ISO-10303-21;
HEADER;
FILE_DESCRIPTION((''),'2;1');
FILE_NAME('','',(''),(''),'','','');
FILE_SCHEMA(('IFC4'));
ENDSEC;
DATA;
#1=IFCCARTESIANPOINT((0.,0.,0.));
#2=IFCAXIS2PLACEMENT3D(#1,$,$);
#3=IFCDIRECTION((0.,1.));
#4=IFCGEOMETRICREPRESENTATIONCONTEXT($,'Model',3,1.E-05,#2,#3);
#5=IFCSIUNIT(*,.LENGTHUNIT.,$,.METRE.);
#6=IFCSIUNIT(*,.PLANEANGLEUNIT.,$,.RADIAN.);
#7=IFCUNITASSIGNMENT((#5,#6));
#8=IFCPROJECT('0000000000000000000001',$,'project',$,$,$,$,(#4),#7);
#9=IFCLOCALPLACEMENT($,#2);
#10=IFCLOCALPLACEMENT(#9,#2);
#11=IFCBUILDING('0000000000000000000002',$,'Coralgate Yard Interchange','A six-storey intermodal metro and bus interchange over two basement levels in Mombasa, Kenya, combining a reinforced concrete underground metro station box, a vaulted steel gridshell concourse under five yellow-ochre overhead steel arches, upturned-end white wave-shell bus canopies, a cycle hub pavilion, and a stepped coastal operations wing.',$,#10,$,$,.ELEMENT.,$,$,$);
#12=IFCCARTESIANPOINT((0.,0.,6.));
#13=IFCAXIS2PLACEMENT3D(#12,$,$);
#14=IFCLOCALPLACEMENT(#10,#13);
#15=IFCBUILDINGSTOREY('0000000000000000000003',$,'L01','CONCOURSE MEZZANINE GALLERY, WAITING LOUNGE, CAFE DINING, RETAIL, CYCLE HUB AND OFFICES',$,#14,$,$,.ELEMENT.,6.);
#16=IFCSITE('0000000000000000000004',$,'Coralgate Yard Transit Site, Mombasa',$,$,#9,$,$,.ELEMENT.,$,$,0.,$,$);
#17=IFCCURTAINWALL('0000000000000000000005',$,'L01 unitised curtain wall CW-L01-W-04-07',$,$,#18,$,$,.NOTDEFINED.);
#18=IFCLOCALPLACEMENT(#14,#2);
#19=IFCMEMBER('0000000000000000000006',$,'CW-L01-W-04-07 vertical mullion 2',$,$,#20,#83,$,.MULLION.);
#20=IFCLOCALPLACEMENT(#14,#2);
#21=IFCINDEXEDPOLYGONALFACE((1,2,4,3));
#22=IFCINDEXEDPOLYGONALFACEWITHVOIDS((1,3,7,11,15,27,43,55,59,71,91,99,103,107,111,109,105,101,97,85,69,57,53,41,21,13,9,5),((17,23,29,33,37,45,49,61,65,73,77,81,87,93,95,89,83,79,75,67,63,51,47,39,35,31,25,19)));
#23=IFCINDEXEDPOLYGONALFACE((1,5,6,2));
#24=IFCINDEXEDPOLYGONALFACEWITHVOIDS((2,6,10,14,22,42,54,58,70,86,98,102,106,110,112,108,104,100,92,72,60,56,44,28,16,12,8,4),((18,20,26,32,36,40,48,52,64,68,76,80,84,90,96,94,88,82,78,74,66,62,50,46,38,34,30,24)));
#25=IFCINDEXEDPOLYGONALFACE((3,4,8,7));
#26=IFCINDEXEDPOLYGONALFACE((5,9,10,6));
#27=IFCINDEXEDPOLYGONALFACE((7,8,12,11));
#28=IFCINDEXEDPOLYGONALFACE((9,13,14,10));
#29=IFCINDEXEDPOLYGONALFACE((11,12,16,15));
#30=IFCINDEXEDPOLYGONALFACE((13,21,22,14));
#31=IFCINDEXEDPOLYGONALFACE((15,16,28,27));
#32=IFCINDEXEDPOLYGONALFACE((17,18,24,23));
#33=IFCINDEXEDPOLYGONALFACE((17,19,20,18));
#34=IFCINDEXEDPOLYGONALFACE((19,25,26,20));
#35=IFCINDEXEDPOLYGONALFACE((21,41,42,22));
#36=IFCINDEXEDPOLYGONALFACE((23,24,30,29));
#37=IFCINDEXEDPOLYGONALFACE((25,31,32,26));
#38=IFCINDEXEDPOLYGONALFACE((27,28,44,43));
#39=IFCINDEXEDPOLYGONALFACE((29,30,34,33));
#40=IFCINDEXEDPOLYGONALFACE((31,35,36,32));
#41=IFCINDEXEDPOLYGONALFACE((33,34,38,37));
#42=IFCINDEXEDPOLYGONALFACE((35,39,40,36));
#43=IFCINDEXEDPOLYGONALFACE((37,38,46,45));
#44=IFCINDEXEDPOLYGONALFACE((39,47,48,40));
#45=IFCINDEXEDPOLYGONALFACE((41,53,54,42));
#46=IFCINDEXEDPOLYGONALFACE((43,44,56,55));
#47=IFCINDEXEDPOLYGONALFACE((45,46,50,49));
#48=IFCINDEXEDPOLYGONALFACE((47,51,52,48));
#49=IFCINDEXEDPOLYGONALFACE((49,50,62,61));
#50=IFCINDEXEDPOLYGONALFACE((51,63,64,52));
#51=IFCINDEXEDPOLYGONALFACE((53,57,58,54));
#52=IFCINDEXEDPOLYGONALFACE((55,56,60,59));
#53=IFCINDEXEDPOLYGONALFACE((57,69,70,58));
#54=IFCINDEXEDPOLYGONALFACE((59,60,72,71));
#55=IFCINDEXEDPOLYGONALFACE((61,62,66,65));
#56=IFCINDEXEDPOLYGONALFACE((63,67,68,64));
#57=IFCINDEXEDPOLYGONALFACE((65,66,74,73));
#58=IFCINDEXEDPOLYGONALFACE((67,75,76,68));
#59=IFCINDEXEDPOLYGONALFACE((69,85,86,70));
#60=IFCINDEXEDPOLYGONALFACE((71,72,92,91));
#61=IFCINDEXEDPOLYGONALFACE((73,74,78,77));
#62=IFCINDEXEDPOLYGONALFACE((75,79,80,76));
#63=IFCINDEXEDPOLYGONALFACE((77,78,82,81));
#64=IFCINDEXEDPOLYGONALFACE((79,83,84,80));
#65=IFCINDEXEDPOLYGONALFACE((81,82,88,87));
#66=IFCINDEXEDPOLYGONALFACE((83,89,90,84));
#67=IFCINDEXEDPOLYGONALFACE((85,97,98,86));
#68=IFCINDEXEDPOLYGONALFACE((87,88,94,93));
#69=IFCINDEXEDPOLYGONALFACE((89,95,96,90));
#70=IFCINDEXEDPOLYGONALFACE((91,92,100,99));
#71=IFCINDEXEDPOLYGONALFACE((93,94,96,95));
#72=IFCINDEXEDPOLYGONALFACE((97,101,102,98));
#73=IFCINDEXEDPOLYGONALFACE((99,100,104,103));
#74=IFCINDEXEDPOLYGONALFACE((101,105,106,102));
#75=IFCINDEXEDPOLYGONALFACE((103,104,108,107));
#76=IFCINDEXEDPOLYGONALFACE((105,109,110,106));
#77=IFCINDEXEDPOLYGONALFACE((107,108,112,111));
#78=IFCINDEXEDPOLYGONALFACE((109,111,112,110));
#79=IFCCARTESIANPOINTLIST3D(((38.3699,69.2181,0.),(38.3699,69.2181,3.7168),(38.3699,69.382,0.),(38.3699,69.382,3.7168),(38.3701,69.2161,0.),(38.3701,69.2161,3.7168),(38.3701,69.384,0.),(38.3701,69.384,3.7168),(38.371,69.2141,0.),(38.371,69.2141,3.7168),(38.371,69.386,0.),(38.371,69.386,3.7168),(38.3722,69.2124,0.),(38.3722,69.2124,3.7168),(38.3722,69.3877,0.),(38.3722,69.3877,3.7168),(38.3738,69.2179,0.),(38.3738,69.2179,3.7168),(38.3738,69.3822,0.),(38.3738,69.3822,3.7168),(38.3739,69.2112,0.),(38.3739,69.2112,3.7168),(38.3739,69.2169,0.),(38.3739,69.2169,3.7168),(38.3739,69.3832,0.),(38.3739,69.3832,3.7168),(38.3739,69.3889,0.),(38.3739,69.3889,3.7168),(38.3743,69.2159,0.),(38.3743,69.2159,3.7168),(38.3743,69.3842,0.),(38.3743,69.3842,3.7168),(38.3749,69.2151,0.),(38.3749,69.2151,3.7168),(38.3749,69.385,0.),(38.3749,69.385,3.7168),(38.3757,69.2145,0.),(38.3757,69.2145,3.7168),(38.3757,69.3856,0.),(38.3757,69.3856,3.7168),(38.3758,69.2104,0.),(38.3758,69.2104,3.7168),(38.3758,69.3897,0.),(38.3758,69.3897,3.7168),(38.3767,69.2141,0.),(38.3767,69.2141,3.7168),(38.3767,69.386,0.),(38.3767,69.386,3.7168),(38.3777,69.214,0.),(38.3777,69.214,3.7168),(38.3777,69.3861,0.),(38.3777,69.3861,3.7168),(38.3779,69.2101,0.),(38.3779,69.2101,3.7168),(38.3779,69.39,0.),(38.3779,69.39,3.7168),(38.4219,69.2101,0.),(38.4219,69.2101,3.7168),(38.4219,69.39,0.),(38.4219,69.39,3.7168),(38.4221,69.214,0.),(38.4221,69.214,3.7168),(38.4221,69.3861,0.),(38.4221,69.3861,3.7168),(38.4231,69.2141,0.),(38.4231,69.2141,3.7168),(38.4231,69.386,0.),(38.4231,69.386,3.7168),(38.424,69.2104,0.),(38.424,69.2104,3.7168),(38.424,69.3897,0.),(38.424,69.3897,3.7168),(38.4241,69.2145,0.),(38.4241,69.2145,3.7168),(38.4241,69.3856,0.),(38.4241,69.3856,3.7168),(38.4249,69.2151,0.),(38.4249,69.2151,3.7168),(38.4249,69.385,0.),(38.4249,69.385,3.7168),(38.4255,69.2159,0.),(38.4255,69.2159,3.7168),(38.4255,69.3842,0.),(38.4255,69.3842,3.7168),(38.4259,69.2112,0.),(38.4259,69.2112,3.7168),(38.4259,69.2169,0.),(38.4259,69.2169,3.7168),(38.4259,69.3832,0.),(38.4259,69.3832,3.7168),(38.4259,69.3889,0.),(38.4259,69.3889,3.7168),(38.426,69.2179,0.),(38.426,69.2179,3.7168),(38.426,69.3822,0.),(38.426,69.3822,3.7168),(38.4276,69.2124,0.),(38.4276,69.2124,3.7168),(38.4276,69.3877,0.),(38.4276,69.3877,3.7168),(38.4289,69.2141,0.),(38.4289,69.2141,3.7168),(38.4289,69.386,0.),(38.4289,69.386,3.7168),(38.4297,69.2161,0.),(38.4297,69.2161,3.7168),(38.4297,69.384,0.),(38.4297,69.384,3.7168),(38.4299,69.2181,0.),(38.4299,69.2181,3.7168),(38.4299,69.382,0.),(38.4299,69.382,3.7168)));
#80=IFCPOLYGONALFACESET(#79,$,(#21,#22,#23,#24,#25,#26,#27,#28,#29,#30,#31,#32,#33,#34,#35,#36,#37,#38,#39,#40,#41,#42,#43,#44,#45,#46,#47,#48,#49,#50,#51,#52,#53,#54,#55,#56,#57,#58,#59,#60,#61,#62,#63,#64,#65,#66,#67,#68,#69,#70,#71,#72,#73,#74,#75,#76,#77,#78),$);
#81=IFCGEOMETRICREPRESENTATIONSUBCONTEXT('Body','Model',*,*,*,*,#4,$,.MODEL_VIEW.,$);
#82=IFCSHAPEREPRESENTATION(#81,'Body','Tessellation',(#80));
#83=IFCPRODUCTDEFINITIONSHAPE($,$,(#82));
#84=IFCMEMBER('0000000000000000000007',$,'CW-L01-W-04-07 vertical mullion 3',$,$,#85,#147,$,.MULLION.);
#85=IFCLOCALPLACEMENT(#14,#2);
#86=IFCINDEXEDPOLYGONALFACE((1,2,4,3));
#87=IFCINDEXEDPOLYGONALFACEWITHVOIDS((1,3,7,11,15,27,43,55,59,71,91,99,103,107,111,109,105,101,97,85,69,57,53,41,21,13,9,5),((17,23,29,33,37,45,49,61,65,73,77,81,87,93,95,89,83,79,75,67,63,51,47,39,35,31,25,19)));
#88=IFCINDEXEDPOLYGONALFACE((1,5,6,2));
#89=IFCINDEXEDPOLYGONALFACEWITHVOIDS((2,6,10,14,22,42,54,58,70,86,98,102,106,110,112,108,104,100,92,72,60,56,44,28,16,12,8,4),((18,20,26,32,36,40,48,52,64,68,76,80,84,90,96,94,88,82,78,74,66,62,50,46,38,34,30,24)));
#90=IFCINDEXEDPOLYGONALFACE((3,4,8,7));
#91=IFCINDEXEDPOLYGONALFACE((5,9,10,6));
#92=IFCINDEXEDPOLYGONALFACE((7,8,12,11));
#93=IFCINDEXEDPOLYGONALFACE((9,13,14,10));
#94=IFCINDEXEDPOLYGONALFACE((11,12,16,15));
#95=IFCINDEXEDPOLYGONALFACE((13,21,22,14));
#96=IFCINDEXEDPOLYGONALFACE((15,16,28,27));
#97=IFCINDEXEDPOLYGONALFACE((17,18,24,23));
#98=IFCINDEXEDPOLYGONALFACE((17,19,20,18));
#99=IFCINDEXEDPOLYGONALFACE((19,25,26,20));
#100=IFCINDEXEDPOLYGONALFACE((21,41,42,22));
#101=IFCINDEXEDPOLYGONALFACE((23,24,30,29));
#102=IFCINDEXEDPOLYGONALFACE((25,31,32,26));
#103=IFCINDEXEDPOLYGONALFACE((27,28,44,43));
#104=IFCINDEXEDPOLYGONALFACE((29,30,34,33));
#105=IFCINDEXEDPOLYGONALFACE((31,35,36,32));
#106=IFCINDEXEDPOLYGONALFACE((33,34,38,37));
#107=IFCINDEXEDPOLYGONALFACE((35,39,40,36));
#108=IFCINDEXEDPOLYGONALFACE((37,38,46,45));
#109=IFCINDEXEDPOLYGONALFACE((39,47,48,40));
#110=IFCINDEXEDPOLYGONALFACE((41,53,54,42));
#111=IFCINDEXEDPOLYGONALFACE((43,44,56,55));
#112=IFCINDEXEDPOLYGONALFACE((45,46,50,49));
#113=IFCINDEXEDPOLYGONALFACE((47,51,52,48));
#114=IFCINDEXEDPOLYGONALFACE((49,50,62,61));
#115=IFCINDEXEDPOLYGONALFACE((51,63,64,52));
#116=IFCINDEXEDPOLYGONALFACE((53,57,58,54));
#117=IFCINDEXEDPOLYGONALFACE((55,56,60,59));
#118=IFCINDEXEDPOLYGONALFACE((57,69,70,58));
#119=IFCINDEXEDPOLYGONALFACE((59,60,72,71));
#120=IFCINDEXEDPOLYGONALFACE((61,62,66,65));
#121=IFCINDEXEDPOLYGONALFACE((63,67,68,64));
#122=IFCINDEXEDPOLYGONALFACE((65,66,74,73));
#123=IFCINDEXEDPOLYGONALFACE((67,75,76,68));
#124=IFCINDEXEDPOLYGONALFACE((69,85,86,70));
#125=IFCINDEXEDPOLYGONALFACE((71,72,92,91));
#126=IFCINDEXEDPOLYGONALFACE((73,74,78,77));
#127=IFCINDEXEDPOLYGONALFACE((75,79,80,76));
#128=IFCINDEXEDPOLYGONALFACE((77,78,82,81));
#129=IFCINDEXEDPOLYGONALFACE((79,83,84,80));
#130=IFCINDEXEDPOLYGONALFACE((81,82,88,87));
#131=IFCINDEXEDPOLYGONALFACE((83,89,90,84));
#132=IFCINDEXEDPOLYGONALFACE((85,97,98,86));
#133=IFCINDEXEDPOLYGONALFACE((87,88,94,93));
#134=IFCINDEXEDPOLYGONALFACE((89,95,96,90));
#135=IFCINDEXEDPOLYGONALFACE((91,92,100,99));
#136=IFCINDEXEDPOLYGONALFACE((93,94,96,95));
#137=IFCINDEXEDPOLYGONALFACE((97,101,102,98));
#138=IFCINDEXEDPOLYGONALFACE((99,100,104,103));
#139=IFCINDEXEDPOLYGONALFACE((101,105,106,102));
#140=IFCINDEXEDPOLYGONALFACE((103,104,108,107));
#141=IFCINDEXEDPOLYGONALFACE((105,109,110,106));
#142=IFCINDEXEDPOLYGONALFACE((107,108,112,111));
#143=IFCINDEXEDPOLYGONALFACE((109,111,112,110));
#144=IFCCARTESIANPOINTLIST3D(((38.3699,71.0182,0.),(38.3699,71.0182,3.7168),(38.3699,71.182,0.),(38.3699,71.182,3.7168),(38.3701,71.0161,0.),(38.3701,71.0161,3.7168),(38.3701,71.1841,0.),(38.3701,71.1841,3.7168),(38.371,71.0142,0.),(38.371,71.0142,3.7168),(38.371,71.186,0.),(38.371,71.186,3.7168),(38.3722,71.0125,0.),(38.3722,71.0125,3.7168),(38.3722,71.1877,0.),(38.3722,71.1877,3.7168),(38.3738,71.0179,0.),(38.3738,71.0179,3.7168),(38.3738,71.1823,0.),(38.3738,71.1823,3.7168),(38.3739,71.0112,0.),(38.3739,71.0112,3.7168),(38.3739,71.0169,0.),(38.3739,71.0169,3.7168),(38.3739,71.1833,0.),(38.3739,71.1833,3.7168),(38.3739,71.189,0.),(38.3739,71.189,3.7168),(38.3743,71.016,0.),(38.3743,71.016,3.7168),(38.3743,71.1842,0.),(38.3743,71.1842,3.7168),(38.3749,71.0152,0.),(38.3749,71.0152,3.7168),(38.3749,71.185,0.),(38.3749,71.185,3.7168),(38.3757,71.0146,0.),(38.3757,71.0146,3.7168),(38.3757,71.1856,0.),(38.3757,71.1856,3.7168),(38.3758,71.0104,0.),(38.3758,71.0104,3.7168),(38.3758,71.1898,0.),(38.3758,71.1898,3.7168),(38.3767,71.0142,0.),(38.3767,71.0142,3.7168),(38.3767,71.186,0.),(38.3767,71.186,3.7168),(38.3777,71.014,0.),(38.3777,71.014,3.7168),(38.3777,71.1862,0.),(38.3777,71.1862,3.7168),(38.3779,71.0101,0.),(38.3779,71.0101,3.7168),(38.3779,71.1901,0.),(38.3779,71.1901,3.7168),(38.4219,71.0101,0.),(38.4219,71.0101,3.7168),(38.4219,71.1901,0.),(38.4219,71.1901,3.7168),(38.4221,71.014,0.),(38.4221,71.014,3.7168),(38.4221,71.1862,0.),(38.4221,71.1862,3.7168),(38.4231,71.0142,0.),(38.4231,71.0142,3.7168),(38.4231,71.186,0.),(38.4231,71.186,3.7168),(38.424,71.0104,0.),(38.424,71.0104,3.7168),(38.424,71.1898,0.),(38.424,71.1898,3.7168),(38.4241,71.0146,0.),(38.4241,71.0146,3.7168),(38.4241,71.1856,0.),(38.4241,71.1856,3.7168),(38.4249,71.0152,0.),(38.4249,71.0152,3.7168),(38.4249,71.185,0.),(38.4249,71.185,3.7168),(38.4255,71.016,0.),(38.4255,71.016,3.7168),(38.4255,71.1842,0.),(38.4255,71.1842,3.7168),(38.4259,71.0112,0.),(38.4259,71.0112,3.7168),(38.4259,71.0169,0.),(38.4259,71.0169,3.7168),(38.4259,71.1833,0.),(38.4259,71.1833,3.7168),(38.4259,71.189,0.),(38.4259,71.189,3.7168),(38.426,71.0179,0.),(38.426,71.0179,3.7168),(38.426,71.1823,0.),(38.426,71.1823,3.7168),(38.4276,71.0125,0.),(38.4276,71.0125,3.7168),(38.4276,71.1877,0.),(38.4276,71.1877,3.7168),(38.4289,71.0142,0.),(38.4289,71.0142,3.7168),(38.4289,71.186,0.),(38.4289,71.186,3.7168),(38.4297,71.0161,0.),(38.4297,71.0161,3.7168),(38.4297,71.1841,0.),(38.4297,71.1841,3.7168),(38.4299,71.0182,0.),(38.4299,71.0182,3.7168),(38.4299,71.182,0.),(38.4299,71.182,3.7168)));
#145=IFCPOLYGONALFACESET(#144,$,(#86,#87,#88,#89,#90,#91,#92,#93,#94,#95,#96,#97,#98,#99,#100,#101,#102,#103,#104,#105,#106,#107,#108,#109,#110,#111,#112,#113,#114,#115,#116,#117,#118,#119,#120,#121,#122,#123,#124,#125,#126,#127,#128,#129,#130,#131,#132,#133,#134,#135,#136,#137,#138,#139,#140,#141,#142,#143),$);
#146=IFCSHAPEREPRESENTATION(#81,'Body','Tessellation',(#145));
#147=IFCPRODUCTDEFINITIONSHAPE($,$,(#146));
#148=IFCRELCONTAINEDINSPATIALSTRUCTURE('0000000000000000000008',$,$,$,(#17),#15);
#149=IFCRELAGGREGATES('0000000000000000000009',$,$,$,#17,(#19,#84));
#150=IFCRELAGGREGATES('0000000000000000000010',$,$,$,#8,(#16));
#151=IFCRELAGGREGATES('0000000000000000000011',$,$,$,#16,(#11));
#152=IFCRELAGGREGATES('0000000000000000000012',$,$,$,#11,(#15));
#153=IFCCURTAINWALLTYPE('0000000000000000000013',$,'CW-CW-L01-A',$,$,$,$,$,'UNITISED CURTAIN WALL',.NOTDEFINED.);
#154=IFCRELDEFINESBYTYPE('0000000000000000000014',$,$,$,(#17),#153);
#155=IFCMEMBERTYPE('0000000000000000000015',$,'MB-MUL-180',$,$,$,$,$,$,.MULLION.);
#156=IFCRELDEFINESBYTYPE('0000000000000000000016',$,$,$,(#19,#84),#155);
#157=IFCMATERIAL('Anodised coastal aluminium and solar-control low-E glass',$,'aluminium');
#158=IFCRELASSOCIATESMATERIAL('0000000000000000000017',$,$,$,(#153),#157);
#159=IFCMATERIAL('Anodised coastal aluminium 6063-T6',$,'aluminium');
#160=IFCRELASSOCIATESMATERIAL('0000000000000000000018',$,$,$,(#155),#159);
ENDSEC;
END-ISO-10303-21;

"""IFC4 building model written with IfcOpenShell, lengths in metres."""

from ifc_helpers import new_model, si_unit, direction, frame, origin, origin_2d, place, context, subcontext, project, spatial, hollow_rectangle, extrude, material, material_profile, profile_set, type_object, element, aggregate, save


model = new_model("IFC4")

# Units and contexts
model_context = context("Model", 3, precision=1e-05, world=origin(), true_north=direction((0.0, 1.0)))
body_context = subcontext(model_context, "Body", "Model", "MODEL_VIEW")
ifc_project = project(units=[si_unit("LENGTHUNIT", "METRE"), si_unit("PLANEANGLEUNIT", "RADIAN")], contexts=[model_context])

# Site, building, storey
site_placement = place(None, origin())
site = spatial("IfcSite", under=ifc_project, at=site_placement, Name="Coralgate Yard Transit Site, Mombasa", CompositionType="ELEMENT", RefElevation=0.0)
building_placement = place(site_placement, origin())
building = spatial("IfcBuilding", under=site, at=building_placement, Name="Coralgate Yard Interchange", Description="A six-storey intermodal metro and bus interchange over two basement levels in Mombasa, Kenya, combining a reinforced concrete underground metro station box, a vaulted steel gridshell concourse under five yellow-ochre overhead steel arches, upturned-end white wave-shell bus canopies, a cycle hub pavilion, and a stepped coastal operations wing.", CompositionType="ELEMENT")
storey_placement = place(building_placement, frame((0.0, 0.0, 6.0)))
storey = spatial("IfcBuildingStorey", under=building, at=storey_placement, Name="L01", Description="CONCOURSE MEZZANINE GALLERY, WAITING LOUNGE, CAFE DINING, RETAIL, CYCLE HUB AND OFFICES", CompositionType="ELEMENT", Elevation=6.0)

# Shared definitions
ifc_material_1 = material(Name="Anodised coastal aluminium and solar-control low-E glass", Category="aluminium")
curtain_wall_type = type_object("IfcCurtainWallType", Name="CW-CW-L01-A", ElementType="UNITISED CURTAIN WALL", PredefinedType="NOTDEFINED", material=ifc_material_1)
ifc_material_2 = material(Name="Anodised coastal aluminium 6063-T6", Category="aluminium")
ifc_material_profile_1 = material_profile(ifc_material_2, hollow_rectangle(XDim=0.0601, YDim=0.1799, WallThickness=0.0039, InnerFilletRadius=0.0039, OuterFilletRadius=0.0081, at=origin_2d()), Name="ALU 60x180x4")
ifc_profile_set_1 = profile_set([ifc_material_profile_1], Name="Anodised coastal aluminium 6063-T6")
member_type_1 = type_object("IfcMemberType", Name="MB-MUL-180", PredefinedType="MULLION", material=ifc_profile_set_1)

# Curtain wall, members
curtain_wall_1_placement = place(storey_placement, origin())
curtain_wall_1 = element("IfcCurtainWall", 1, at=curtain_wall_1_placement, inside=storey, type_object=curtain_wall_type, Name="L01 unitised curtain wall CW-L01-W-04-07", PredefinedType="NOTDEFINED")
member_1_placement = place(storey_placement, frame((38.3999, 69.3, 0.0), z_axis=(0.0, 0.0, 1.0), x_axis=(1.0, 0.0, 0.0)))
member_1 = element("IfcMember", 2, at=member_1_placement, type_object=member_type_1, Name="CW-L01-W-04-07 vertical mullion 2", PredefinedType="MULLION", context=body_context, shape_type="SweptSolid", body=[
    extrude(hollow_rectangle(XDim=0.0601, YDim=0.1799, WallThickness=0.0039, InnerFilletRadius=0.0039, OuterFilletRadius=0.0081, at=origin_2d()), origin(), (0.0, 0.0, 1.0), 3.7168),
])
member_2_placement = place(storey_placement, frame((38.3999, 71.1001, 0.0), z_axis=(0.0, 0.0, 1.0), x_axis=(1.0, 0.0, 0.0)))
member_2 = element("IfcMember", 3, at=member_2_placement, type_object=member_type_1, Name="CW-L01-W-04-07 vertical mullion 3", PredefinedType="MULLION", context=body_context, shape_type="SweptSolid", body=[
    extrude(hollow_rectangle(XDim=0.0601, YDim=0.1799, WallThickness=0.0039, InnerFilletRadius=0.0039, OuterFilletRadius=0.0081, at=origin_2d()), origin(), (0.0, 0.0, 1.0), 3.7168),
])

aggregate(curtain_wall_1, [member_1, member_2])

save(model, "model.ifc")
